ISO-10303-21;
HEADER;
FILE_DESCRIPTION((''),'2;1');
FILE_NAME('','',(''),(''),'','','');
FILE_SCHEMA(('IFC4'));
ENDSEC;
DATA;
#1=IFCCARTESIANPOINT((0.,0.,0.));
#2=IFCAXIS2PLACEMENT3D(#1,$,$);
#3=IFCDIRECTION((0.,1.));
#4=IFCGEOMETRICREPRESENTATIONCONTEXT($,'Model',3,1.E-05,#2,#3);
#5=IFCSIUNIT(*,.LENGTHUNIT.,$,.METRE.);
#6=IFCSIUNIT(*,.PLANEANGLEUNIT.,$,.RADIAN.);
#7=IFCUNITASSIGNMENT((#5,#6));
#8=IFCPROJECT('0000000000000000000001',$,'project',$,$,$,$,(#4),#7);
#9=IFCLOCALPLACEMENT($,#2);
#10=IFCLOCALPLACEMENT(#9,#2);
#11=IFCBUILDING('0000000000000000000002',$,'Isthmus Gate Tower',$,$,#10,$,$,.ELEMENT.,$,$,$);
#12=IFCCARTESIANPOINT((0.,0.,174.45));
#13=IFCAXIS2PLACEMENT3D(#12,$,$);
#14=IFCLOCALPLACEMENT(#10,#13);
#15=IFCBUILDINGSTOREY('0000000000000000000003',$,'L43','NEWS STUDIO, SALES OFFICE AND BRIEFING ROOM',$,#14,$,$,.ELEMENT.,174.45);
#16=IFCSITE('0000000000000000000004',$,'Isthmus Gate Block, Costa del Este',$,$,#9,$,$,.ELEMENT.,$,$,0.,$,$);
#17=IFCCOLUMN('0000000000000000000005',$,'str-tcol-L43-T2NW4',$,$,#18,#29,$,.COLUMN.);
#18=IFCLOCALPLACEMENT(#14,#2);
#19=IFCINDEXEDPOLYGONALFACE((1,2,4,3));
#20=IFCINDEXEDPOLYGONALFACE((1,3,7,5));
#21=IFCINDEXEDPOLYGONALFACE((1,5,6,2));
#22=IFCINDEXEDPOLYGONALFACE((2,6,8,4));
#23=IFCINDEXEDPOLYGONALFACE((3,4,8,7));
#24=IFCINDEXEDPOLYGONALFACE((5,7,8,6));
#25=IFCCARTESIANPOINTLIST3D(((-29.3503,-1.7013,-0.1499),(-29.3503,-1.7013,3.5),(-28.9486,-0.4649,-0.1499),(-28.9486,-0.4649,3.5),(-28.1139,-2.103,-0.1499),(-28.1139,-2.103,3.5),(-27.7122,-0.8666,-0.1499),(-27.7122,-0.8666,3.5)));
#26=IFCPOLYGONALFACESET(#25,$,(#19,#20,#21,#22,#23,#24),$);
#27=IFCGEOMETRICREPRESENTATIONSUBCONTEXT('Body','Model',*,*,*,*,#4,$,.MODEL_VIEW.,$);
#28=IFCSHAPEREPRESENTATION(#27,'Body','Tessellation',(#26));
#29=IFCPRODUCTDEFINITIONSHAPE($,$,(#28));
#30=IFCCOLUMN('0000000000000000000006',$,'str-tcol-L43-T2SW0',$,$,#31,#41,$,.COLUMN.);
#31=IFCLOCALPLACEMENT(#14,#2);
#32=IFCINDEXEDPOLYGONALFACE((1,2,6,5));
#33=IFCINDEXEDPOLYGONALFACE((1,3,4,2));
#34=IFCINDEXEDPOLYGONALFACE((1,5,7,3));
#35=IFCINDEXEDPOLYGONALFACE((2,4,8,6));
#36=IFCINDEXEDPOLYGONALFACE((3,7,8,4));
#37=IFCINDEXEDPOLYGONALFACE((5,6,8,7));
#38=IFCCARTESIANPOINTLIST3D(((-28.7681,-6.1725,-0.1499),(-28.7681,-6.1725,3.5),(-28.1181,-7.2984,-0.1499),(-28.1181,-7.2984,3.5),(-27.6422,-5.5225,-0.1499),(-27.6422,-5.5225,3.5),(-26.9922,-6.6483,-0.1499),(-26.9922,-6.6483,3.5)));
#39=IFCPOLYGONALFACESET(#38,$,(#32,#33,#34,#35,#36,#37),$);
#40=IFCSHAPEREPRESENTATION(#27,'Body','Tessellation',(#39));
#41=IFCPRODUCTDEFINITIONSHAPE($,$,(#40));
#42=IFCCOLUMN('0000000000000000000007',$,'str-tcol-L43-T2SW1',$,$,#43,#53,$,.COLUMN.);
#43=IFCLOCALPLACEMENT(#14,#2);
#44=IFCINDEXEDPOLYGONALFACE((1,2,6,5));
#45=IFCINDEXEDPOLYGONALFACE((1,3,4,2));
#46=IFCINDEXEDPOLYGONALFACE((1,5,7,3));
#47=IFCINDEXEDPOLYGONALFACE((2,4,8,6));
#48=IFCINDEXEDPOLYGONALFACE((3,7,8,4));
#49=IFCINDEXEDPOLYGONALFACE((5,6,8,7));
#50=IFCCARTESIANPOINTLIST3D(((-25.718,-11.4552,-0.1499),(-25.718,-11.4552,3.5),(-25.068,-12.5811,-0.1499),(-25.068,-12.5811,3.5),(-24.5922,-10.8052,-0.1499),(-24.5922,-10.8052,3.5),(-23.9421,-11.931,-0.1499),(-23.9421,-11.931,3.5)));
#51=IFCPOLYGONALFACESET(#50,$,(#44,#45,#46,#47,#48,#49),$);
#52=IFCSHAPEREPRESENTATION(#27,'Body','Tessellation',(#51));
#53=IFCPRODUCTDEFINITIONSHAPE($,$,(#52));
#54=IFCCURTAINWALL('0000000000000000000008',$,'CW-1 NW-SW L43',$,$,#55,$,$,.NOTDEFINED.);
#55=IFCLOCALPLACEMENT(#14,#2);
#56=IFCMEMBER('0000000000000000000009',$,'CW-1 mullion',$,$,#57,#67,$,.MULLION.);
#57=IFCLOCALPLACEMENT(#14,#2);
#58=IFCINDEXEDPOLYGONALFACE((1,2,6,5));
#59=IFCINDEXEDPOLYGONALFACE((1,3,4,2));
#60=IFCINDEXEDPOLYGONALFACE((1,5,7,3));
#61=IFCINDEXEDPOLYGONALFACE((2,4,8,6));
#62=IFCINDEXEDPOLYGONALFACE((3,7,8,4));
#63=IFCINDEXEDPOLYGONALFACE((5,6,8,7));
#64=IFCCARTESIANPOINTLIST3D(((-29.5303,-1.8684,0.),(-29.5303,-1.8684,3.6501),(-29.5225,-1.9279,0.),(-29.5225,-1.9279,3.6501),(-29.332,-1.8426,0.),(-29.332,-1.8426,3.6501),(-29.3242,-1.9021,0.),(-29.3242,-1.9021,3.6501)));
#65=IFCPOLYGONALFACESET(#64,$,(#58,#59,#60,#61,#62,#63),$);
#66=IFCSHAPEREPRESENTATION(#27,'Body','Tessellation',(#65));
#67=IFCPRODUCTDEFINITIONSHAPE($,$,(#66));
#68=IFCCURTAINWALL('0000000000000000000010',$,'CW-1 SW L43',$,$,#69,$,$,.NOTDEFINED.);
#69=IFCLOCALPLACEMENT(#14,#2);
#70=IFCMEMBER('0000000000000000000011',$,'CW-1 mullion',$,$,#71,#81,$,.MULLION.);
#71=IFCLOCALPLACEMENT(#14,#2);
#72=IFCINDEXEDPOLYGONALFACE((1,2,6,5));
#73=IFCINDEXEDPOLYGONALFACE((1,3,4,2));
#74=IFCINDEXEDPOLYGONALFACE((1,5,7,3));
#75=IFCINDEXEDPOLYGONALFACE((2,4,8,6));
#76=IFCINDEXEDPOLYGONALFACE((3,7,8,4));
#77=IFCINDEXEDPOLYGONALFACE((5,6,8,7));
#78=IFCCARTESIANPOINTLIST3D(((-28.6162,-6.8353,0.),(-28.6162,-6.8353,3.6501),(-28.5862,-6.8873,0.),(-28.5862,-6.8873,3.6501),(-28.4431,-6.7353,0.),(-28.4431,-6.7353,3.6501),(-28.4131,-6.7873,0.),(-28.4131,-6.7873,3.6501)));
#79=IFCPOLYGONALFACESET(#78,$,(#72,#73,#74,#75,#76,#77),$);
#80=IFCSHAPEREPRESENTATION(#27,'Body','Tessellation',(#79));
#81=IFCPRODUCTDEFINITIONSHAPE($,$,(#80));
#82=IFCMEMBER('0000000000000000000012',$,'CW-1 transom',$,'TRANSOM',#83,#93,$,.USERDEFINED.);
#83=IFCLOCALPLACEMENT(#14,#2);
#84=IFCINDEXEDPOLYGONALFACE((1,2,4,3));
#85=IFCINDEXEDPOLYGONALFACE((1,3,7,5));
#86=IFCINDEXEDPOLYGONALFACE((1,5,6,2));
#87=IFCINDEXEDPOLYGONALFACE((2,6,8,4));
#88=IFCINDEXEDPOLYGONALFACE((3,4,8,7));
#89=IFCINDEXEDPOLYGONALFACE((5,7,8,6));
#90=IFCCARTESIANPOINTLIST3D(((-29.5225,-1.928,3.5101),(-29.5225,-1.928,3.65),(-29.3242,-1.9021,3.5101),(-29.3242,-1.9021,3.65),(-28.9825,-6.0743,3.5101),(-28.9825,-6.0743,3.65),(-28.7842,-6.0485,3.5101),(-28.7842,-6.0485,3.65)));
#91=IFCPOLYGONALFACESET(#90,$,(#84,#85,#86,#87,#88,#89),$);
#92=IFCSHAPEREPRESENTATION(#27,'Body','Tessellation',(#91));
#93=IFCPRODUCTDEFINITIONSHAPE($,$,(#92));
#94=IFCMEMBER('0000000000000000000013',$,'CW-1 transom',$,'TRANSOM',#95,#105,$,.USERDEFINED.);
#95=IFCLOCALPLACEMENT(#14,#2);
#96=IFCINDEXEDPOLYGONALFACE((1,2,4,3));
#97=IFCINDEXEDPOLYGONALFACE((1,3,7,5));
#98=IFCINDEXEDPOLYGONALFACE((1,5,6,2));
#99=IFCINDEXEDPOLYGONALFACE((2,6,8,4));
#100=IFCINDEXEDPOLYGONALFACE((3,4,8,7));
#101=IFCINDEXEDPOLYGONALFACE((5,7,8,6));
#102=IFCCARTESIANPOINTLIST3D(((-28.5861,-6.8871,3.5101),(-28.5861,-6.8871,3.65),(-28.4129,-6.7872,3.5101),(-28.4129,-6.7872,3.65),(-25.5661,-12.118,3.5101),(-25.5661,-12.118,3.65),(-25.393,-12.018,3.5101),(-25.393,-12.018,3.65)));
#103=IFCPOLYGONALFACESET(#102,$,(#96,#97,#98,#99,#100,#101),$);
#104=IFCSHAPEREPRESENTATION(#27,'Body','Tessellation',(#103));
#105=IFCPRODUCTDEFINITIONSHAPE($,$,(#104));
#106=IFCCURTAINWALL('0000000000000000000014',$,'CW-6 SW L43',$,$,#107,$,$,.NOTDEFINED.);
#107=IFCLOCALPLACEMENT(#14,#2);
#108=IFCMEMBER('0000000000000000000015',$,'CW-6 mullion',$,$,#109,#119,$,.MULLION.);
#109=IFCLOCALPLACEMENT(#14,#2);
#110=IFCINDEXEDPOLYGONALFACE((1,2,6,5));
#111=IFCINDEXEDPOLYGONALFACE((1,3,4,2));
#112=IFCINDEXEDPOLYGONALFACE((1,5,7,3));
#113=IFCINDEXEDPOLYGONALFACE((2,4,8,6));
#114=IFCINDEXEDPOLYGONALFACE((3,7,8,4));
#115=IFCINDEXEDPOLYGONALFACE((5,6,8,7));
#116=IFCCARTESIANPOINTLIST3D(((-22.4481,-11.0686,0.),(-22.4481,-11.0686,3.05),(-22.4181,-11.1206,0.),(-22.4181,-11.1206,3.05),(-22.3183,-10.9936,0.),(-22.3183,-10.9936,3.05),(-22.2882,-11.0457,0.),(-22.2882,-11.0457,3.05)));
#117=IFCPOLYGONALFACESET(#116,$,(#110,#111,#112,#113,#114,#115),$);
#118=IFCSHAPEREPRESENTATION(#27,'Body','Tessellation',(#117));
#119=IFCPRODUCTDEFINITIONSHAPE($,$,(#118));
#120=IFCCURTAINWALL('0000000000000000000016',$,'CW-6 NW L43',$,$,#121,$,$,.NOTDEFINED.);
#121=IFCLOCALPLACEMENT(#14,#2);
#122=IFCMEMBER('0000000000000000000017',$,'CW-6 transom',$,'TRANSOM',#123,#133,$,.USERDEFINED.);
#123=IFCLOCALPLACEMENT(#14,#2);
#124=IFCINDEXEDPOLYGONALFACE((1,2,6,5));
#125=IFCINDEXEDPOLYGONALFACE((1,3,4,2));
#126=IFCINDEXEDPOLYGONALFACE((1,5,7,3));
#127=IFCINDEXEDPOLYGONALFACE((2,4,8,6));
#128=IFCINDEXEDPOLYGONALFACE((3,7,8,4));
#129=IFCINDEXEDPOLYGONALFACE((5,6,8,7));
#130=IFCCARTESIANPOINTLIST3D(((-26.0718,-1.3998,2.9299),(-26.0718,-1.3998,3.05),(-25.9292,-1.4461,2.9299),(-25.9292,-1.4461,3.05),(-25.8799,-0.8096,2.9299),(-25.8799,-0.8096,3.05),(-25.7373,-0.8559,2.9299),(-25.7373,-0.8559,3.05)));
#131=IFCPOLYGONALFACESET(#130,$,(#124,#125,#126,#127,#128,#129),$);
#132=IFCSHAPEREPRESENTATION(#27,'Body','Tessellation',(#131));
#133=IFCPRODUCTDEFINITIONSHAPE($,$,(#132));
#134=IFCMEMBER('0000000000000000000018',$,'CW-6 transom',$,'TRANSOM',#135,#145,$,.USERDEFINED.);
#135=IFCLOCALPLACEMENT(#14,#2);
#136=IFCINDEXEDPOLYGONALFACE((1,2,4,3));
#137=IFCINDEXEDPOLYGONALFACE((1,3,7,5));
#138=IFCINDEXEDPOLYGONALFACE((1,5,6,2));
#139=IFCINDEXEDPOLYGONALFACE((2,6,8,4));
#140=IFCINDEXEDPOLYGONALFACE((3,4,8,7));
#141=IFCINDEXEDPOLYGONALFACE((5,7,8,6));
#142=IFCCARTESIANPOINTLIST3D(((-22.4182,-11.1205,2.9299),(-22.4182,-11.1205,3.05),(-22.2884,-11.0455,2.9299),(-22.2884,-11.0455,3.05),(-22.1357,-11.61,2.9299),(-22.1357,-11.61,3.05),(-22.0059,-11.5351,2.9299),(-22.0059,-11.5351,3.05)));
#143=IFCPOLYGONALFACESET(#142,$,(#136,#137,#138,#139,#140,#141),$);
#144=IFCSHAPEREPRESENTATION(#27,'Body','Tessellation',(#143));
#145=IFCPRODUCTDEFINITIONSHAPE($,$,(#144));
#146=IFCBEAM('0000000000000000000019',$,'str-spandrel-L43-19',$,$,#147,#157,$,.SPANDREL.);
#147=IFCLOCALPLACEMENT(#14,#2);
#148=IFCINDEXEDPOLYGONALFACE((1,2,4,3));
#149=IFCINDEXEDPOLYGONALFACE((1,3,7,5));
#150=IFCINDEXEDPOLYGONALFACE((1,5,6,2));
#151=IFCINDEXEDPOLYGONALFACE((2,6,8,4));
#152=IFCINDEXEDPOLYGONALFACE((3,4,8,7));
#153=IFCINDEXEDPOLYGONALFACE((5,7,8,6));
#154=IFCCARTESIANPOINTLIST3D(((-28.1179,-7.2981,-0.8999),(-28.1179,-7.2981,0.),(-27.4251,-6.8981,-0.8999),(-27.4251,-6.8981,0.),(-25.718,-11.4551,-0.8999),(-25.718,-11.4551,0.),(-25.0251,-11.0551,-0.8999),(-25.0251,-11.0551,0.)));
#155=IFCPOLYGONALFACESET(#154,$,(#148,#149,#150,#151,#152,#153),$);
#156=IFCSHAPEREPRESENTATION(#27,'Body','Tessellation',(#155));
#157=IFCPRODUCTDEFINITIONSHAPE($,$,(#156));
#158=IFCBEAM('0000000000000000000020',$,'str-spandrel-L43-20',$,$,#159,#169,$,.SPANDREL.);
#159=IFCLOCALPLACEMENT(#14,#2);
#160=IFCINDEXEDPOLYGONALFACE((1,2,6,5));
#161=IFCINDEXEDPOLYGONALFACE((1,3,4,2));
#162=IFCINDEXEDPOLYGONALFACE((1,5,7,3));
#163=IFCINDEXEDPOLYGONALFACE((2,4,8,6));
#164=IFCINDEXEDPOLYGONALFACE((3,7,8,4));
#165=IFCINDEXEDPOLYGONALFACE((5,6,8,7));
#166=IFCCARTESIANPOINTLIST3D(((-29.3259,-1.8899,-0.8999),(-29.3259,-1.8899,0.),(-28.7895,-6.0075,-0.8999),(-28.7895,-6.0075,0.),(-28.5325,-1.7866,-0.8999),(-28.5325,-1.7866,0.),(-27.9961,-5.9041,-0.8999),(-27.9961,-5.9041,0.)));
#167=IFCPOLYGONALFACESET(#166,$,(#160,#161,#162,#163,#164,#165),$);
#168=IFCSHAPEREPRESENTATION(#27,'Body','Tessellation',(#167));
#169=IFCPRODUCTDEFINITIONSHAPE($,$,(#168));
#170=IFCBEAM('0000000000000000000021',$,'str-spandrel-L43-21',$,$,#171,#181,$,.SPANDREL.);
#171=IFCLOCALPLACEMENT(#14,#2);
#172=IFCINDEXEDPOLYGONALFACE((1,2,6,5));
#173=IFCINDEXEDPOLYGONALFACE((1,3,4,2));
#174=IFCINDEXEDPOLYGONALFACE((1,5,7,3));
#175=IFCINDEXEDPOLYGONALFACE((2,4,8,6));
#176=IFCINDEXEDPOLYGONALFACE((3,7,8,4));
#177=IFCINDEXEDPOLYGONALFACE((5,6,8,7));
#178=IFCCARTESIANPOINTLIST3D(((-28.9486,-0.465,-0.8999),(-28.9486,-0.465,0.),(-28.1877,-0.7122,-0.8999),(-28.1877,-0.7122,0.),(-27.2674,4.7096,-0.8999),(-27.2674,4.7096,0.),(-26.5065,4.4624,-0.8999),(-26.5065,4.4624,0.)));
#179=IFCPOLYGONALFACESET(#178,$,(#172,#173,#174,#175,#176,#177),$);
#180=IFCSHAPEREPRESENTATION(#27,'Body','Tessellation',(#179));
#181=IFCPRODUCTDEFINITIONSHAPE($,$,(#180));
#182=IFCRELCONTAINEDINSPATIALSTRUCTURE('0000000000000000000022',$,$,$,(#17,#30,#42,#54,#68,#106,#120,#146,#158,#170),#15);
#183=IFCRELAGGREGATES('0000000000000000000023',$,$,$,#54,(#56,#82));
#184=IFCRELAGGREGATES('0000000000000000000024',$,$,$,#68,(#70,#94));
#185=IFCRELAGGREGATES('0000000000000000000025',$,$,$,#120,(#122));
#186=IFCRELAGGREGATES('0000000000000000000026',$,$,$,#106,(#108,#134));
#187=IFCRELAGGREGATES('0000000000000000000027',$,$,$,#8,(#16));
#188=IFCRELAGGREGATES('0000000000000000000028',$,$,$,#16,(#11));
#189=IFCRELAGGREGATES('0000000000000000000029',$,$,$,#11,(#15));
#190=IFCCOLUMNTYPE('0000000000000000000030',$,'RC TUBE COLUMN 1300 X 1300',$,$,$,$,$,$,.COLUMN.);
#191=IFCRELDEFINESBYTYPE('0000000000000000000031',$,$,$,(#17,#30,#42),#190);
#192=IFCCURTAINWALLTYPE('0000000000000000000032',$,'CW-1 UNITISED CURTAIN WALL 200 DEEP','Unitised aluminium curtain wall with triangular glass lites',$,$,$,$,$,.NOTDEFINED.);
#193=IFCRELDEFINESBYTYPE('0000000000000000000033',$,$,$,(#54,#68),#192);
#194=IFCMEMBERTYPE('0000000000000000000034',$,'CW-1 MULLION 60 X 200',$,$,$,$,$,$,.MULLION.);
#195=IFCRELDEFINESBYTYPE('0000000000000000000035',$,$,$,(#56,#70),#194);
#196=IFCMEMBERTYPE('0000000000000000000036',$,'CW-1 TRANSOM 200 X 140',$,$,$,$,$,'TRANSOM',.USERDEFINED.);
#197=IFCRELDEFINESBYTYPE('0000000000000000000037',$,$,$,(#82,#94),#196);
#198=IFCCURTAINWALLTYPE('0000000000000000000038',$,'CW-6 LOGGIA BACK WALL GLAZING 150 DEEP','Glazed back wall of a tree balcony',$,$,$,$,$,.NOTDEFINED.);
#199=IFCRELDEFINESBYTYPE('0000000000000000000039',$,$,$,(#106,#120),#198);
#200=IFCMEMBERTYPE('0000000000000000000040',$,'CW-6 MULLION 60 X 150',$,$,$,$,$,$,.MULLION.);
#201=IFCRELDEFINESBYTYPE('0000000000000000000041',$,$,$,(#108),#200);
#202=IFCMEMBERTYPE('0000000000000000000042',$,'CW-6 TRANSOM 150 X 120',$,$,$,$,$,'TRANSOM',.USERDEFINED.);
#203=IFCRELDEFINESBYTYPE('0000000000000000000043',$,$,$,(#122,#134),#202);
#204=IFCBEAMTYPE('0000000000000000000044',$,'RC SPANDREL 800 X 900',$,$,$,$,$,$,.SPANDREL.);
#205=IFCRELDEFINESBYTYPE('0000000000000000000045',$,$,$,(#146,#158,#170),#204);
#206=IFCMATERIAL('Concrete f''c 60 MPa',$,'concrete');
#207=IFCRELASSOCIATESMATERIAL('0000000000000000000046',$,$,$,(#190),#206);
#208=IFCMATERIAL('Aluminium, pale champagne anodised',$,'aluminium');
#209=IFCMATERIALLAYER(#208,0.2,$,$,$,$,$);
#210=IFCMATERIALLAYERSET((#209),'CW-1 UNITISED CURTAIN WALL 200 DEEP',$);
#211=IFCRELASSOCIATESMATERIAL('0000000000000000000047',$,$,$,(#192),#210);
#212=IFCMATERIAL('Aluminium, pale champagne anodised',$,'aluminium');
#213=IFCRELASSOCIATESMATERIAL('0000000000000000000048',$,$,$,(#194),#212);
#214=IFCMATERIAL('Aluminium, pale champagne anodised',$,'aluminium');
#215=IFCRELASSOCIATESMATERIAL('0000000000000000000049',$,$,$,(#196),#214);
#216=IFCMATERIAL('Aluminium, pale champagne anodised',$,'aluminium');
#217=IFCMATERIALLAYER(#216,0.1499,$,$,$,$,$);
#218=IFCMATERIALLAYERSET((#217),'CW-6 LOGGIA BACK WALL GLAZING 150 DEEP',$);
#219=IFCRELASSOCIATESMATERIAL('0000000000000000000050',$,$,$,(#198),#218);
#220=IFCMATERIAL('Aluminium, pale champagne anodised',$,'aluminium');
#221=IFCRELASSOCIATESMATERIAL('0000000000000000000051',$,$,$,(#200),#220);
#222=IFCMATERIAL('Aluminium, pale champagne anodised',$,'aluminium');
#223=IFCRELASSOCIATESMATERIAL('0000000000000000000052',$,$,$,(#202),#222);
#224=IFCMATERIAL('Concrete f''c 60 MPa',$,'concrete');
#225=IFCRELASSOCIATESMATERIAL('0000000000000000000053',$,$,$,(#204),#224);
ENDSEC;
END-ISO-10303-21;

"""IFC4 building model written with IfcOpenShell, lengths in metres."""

from ifc_helpers import new_model, si_unit, direction, frame, origin, origin_2d, place, context, subcontext, project, spatial, rectangle, extrude, material, layer, layer_set, material_profile, profile_set, type_object, element, aggregate, save


model = new_model("IFC4")

# Units and contexts
model_context = context("Model", 3, precision=1e-05, world=origin(), true_north=direction((0.0, 1.0)))
body_context = subcontext(model_context, "Body", "Model", "MODEL_VIEW")
ifc_project = project(units=[si_unit("LENGTHUNIT", "METRE"), si_unit("PLANEANGLEUNIT", "RADIAN")], contexts=[model_context])

# Site, building, storey
site_placement = place(None, origin())
site = spatial("IfcSite", under=ifc_project, at=site_placement, Name="Isthmus Gate Block, Costa del Este", CompositionType="ELEMENT", RefElevation=0.0)
building_placement = place(site_placement, origin())
building = spatial("IfcBuilding", under=site, at=building_placement, Name="Isthmus Gate Tower", CompositionType="ELEMENT")
storey_placement = place(building_placement, frame((0.0, 0.0, 174.45)))
storey = spatial("IfcBuildingStorey", under=building, at=storey_placement, Name="L43", Description="NEWS STUDIO, SALES OFFICE AND BRIEFING ROOM", CompositionType="ELEMENT", Elevation=174.45)

# Columns
ifc_material_1 = material(Name="Concrete f'c 60 MPa", Category="concrete")
ifc_material_profile_1 = material_profile(ifc_material_1, rectangle(XDim=1.3, YDim=1.3, at=origin_2d()), Name="RC 1300X1300")
ifc_profile_set_1 = profile_set([ifc_material_profile_1], Name="Concrete f'c 60 MPa")
column_type = type_object("IfcColumnType", Name="RC TUBE COLUMN 1300 X 1300", PredefinedType="COLUMN", material=ifc_profile_set_1)
for number, where, z_axis, x_axis, name in (
    (1, (-28.5312, -1.2839, -0.1499), (0.0, 0.0, 1.0), (-0.309017, -0.951057, 0.0), "str-tcol-L43-T2NW4"),
    (2, (-27.8801, -6.4104, -0.1499), (0.0, 0.0, 1.0), (0.5, -0.866025, 0.0), "str-tcol-L43-T2SW0"),
    (3, (-24.8301, -11.6931, -0.1499), (0.0, 0.0, 1.0), (0.5, -0.866025, 0.0), "str-tcol-L43-T2SW1"),
):
    element("IfcColumn", number, at=place(storey_placement, frame(where, z_axis=z_axis, x_axis=x_axis)), inside=storey, type_object=column_type, Name=name, PredefinedType="COLUMN", context=body_context, shape_type="SweptSolid", body=[
        extrude(rectangle(XDim=1.3, YDim=1.3, at=origin_2d()), origin(), (0.0, 0.0, 1.0), 3.6499),
    ])

# Curtain walls, members
ifc_material_2 = material(Name="Aluminium, pale champagne anodised", Category="aluminium")
ifc_layer_1 = layer(ifc_material_2, 0.2)
ifc_layer_set_1 = layer_set([ifc_layer_1], Name="CW-1 UNITISED CURTAIN WALL 200 DEEP")
curtain_wall_type_1 = type_object("IfcCurtainWallType", Name="CW-1 UNITISED CURTAIN WALL 200 DEEP", Description="Unitised aluminium curtain wall with triangular glass lites", PredefinedType="NOTDEFINED", material=ifc_layer_set_1)
curtain_wall_1_placement = place(storey_placement, origin())
curtain_wall_1 = element("IfcCurtainWall", 4, at=curtain_wall_1_placement, inside=storey, type_object=curtain_wall_type_1, Name="CW-1 NW-SW L43", PredefinedType="NOTDEFINED")
ifc_material_3 = material(Name="Aluminium, pale champagne anodised", Category="aluminium")
ifc_material_profile_2 = material_profile(ifc_material_3, rectangle(XDim=0.0601, YDim=0.2, at=origin_2d()), Name="60x200")
ifc_profile_set_2 = profile_set([ifc_material_profile_2], Name="Aluminium, pale champagne anodised")
member_type_1 = type_object("IfcMemberType", Name="CW-1 MULLION 60 X 200", PredefinedType="MULLION", material=ifc_profile_set_2)
member_1_placement = place(storey_placement, frame((-29.4272, -1.8853, 0.0), z_axis=(0.0, 0.0, 1.0), x_axis=(0.129165, -0.991623, 0.0)))
member_1 = element("IfcMember", 5, at=member_1_placement, type_object=member_type_1, Name="CW-1 mullion", PredefinedType="MULLION", context=body_context, shape_type="SweptSolid", body=[
    extrude(rectangle(XDim=0.0601, YDim=0.2, at=origin_2d()), origin(), (0.0, 0.0, 1.0), 3.6501),
])
curtain_wall_2_placement = place(storey_placement, origin())
curtain_wall_2 = element("IfcCurtainWall", 6, at=curtain_wall_2_placement, inside=storey, type_object=curtain_wall_type_1, Name="CW-1 SW L43", PredefinedType="NOTDEFINED")
member_2_placement = place(storey_placement, frame((-28.5146, -6.8113, 0.0), z_axis=(0.0, 0.0, 1.0), x_axis=(0.5, -0.866025, 0.0)))
member_2 = element("IfcMember", 7, at=member_2_placement, type_object=member_type_1, Name="CW-1 mullion", PredefinedType="MULLION", context=body_context, shape_type="SweptSolid", body=[
    extrude(rectangle(XDim=0.0601, YDim=0.2, at=origin_2d()), origin(), (0.0, 0.0, 1.0), 3.6501),
])

# Members
ifc_material_4 = material(Name="Aluminium, pale champagne anodised", Category="aluminium")
ifc_material_profile_3 = material_profile(ifc_material_4, rectangle(XDim=0.2, YDim=0.1399, at=origin_2d()), Name="200x140")
ifc_profile_set_3 = profile_set([ifc_material_profile_3], Name="Aluminium, pale champagne anodised")
member_type_2 = type_object("IfcMemberType", Name="CW-1 TRANSOM 200 X 140", ElementType="TRANSOM", PredefinedType="USERDEFINED", material=ifc_profile_set_3)
member_3_placement = place(storey_placement, frame((-29.4233, -1.915, 3.5801), z_axis=(0.129149, -0.991625, 0.0), x_axis=(0.991625, 0.129149, 0.0)))
member_3 = element("IfcMember", 8, at=member_3_placement, type_object=member_type_2, Name="CW-1 transom", ObjectType="TRANSOM", PredefinedType="USERDEFINED", context=body_context, shape_type="SweptSolid", body=[
    extrude(rectangle(XDim=0.2, YDim=0.1399, at=origin_2d()), origin(), (0.0, 0.0, 1.0), 4.1814),
])
member_4_placement = place(storey_placement, frame((-28.4995, -6.8372, 3.5801), z_axis=(0.499991, -0.866031, 0.0), x_axis=(0.866031, 0.499991, 0.0)))
member_4 = element("IfcMember", 9, at=member_4_placement, type_object=member_type_2, Name="CW-1 transom", ObjectType="TRANSOM", PredefinedType="USERDEFINED", context=body_context, shape_type="SweptSolid", body=[
    extrude(rectangle(XDim=0.2, YDim=0.1399, at=origin_2d()), origin(), (0.0, 0.0, 1.0), 6.04),
])

# Curtain walls, members
ifc_material_5 = material(Name="Aluminium, pale champagne anodised", Category="aluminium")
ifc_layer_2 = layer(ifc_material_5, 0.1499)
ifc_layer_set_2 = layer_set([ifc_layer_2], Name="CW-6 LOGGIA BACK WALL GLAZING 150 DEEP")
curtain_wall_type_2 = type_object("IfcCurtainWallType", Name="CW-6 LOGGIA BACK WALL GLAZING 150 DEEP", Description="Glazed back wall of a tree balcony", PredefinedType="NOTDEFINED", material=ifc_layer_set_2)
curtain_wall_3_placement = place(storey_placement, origin())
curtain_wall_3 = element("IfcCurtainWall", 10, at=curtain_wall_3_placement, inside=storey, type_object=curtain_wall_type_2, Name="CW-6 SW L43", PredefinedType="NOTDEFINED")
ifc_material_6 = material(Name="Aluminium, pale champagne anodised", Category="aluminium")
ifc_material_profile_4 = material_profile(ifc_material_6, rectangle(XDim=0.0601, YDim=0.1499, at=origin_2d()), Name="60x150")
ifc_profile_set_4 = profile_set([ifc_material_profile_4], Name="Aluminium, pale champagne anodised")
member_type_3 = type_object("IfcMemberType", Name="CW-6 MULLION 60 X 150", PredefinedType="MULLION", material=ifc_profile_set_4)
member_5_placement = place(storey_placement, frame((-22.3682, -11.0571, 0.0), z_axis=(0.0, 0.0, 1.0), x_axis=(0.5, -0.866025, 0.0)))
member_5 = element("IfcMember", 11, at=member_5_placement, type_object=member_type_3, Name="CW-6 mullion", PredefinedType="MULLION", context=body_context, shape_type="SweptSolid", body=[
    extrude(rectangle(XDim=0.0601, YDim=0.1499, at=origin_2d()), origin(), (0.0, 0.0, 1.0), 3.05),
])
curtain_wall_4_placement = place(storey_placement, origin())
curtain_wall_4 = element("IfcCurtainWall", 12, at=curtain_wall_4_placement, inside=storey, type_object=curtain_wall_type_2, Name="CW-6 NW L43", PredefinedType="NOTDEFINED")
ifc_material_7 = material(Name="Aluminium, pale champagne anodised", Category="aluminium")
ifc_material_profile_5 = material_profile(ifc_material_7, rectangle(XDim=0.1499, YDim=0.1201, at=origin_2d()), Name="150x120")
ifc_profile_set_5 = profile_set([ifc_material_profile_5], Name="Aluminium, pale champagne anodised")
member_type_4 = type_object("IfcMemberType", Name="CW-6 TRANSOM 150 X 120", ElementType="TRANSOM", PredefinedType="USERDEFINED", material=ifc_profile_set_5)
member_6_placement = place(storey_placement, frame((-25.8086, -0.8328, 2.99), z_axis=(-0.309255, -0.950979, 0.0), x_axis=(0.950979, -0.309255, 0.0)))
member_6 = element("IfcMember", 13, at=member_6_placement, type_object=member_type_4, Name="CW-6 transom", ObjectType="TRANSOM", PredefinedType="USERDEFINED", context=body_context, shape_type="SweptSolid", body=[
    extrude(rectangle(XDim=0.1499, YDim=0.1201, at=origin_2d()), origin(), (0.0, 0.0, 1.0), 0.6206),
])

# Member
member_7_placement = place(storey_placement, frame((-22.3533, -11.083, 2.99), z_axis=(0.49981, -0.866135, 0.0), x_axis=(0.866135, 0.49981, 0.0)))
member_7 = element("IfcMember", 14, at=member_7_placement, type_object=member_type_4, Name="CW-6 transom", ObjectType="TRANSOM", PredefinedType="USERDEFINED", context=body_context, shape_type="SweptSolid", body=[
    extrude(rectangle(XDim=0.1499, YDim=0.1201, at=origin_2d()), origin(), (0.0, 0.0, 1.0), 0.5652),
])

# Beams
ifc_material_8 = material(Name="Concrete f'c 60 MPa", Category="concrete")
ifc_material_profile_6 = material_profile(ifc_material_8, rectangle(XDim=0.8, YDim=0.8999, at=origin_2d()), Name="RC 800X900")
ifc_profile_set_6 = profile_set([ifc_material_profile_6], Name="Concrete f'c 60 MPa")
beam_type_1 = type_object("IfcBeamType", Name="RC SPANDREL 800 X 900", PredefinedType="SPANDREL", material=ifc_profile_set_6)
beam_1_placement = place(storey_placement, frame((-25.3716, -11.2551, -0.45), z_axis=(-0.499979, 0.866037, 0.0), x_axis=(-0.866037, -0.499979, 0.0)))
element("IfcBeam", 15, at=beam_1_placement, inside=storey, type_object=beam_type_1, Name="str-spandrel-L43-19", PredefinedType="SPANDREL", context=body_context, shape_type="SweptSolid", body=[
    extrude(rectangle(XDim=0.8, YDim=0.8999, at=origin_2d()), origin(), (0.0, 0.0, 1.0), 4.8),
])
beam_2_placement = place(storey_placement, frame((-28.3928, -5.9558, -0.45), z_axis=(-0.129171, 0.991622, 0.0), x_axis=(-0.991622, -0.129171, 0.0)))
element("IfcBeam", 16, at=beam_2_placement, inside=storey, type_object=beam_type_1, Name="str-spandrel-L43-20", PredefinedType="SPANDREL", context=body_context, shape_type="SweptSolid", body=[
    extrude(rectangle(XDim=0.8, YDim=0.8999, at=origin_2d()), origin(), (0.0, 0.0, 1.0), 4.1523),
])
beam_3_placement = place(storey_placement, frame((-28.5681, -0.5886, -0.45), z_axis=(0.30899, 0.951065, 0.0), x_axis=(-0.951065, 0.30899, 0.0)))
element("IfcBeam", 17, at=beam_3_placement, inside=storey, type_object=beam_type_1, Name="str-spandrel-L43-21", PredefinedType="SPANDREL", context=body_context, shape_type="SweptSolid", body=[
    extrude(rectangle(XDim=0.8, YDim=0.8999, at=origin_2d()), origin(), (0.0, 0.0, 1.0), 5.4409),
])

aggregate(curtain_wall_1, [member_1, member_3])
aggregate(curtain_wall_2, [member_2, member_4])
aggregate(curtain_wall_4, [member_6])
aggregate(curtain_wall_3, [member_5, member_7])

save(model, "model.ifc")
